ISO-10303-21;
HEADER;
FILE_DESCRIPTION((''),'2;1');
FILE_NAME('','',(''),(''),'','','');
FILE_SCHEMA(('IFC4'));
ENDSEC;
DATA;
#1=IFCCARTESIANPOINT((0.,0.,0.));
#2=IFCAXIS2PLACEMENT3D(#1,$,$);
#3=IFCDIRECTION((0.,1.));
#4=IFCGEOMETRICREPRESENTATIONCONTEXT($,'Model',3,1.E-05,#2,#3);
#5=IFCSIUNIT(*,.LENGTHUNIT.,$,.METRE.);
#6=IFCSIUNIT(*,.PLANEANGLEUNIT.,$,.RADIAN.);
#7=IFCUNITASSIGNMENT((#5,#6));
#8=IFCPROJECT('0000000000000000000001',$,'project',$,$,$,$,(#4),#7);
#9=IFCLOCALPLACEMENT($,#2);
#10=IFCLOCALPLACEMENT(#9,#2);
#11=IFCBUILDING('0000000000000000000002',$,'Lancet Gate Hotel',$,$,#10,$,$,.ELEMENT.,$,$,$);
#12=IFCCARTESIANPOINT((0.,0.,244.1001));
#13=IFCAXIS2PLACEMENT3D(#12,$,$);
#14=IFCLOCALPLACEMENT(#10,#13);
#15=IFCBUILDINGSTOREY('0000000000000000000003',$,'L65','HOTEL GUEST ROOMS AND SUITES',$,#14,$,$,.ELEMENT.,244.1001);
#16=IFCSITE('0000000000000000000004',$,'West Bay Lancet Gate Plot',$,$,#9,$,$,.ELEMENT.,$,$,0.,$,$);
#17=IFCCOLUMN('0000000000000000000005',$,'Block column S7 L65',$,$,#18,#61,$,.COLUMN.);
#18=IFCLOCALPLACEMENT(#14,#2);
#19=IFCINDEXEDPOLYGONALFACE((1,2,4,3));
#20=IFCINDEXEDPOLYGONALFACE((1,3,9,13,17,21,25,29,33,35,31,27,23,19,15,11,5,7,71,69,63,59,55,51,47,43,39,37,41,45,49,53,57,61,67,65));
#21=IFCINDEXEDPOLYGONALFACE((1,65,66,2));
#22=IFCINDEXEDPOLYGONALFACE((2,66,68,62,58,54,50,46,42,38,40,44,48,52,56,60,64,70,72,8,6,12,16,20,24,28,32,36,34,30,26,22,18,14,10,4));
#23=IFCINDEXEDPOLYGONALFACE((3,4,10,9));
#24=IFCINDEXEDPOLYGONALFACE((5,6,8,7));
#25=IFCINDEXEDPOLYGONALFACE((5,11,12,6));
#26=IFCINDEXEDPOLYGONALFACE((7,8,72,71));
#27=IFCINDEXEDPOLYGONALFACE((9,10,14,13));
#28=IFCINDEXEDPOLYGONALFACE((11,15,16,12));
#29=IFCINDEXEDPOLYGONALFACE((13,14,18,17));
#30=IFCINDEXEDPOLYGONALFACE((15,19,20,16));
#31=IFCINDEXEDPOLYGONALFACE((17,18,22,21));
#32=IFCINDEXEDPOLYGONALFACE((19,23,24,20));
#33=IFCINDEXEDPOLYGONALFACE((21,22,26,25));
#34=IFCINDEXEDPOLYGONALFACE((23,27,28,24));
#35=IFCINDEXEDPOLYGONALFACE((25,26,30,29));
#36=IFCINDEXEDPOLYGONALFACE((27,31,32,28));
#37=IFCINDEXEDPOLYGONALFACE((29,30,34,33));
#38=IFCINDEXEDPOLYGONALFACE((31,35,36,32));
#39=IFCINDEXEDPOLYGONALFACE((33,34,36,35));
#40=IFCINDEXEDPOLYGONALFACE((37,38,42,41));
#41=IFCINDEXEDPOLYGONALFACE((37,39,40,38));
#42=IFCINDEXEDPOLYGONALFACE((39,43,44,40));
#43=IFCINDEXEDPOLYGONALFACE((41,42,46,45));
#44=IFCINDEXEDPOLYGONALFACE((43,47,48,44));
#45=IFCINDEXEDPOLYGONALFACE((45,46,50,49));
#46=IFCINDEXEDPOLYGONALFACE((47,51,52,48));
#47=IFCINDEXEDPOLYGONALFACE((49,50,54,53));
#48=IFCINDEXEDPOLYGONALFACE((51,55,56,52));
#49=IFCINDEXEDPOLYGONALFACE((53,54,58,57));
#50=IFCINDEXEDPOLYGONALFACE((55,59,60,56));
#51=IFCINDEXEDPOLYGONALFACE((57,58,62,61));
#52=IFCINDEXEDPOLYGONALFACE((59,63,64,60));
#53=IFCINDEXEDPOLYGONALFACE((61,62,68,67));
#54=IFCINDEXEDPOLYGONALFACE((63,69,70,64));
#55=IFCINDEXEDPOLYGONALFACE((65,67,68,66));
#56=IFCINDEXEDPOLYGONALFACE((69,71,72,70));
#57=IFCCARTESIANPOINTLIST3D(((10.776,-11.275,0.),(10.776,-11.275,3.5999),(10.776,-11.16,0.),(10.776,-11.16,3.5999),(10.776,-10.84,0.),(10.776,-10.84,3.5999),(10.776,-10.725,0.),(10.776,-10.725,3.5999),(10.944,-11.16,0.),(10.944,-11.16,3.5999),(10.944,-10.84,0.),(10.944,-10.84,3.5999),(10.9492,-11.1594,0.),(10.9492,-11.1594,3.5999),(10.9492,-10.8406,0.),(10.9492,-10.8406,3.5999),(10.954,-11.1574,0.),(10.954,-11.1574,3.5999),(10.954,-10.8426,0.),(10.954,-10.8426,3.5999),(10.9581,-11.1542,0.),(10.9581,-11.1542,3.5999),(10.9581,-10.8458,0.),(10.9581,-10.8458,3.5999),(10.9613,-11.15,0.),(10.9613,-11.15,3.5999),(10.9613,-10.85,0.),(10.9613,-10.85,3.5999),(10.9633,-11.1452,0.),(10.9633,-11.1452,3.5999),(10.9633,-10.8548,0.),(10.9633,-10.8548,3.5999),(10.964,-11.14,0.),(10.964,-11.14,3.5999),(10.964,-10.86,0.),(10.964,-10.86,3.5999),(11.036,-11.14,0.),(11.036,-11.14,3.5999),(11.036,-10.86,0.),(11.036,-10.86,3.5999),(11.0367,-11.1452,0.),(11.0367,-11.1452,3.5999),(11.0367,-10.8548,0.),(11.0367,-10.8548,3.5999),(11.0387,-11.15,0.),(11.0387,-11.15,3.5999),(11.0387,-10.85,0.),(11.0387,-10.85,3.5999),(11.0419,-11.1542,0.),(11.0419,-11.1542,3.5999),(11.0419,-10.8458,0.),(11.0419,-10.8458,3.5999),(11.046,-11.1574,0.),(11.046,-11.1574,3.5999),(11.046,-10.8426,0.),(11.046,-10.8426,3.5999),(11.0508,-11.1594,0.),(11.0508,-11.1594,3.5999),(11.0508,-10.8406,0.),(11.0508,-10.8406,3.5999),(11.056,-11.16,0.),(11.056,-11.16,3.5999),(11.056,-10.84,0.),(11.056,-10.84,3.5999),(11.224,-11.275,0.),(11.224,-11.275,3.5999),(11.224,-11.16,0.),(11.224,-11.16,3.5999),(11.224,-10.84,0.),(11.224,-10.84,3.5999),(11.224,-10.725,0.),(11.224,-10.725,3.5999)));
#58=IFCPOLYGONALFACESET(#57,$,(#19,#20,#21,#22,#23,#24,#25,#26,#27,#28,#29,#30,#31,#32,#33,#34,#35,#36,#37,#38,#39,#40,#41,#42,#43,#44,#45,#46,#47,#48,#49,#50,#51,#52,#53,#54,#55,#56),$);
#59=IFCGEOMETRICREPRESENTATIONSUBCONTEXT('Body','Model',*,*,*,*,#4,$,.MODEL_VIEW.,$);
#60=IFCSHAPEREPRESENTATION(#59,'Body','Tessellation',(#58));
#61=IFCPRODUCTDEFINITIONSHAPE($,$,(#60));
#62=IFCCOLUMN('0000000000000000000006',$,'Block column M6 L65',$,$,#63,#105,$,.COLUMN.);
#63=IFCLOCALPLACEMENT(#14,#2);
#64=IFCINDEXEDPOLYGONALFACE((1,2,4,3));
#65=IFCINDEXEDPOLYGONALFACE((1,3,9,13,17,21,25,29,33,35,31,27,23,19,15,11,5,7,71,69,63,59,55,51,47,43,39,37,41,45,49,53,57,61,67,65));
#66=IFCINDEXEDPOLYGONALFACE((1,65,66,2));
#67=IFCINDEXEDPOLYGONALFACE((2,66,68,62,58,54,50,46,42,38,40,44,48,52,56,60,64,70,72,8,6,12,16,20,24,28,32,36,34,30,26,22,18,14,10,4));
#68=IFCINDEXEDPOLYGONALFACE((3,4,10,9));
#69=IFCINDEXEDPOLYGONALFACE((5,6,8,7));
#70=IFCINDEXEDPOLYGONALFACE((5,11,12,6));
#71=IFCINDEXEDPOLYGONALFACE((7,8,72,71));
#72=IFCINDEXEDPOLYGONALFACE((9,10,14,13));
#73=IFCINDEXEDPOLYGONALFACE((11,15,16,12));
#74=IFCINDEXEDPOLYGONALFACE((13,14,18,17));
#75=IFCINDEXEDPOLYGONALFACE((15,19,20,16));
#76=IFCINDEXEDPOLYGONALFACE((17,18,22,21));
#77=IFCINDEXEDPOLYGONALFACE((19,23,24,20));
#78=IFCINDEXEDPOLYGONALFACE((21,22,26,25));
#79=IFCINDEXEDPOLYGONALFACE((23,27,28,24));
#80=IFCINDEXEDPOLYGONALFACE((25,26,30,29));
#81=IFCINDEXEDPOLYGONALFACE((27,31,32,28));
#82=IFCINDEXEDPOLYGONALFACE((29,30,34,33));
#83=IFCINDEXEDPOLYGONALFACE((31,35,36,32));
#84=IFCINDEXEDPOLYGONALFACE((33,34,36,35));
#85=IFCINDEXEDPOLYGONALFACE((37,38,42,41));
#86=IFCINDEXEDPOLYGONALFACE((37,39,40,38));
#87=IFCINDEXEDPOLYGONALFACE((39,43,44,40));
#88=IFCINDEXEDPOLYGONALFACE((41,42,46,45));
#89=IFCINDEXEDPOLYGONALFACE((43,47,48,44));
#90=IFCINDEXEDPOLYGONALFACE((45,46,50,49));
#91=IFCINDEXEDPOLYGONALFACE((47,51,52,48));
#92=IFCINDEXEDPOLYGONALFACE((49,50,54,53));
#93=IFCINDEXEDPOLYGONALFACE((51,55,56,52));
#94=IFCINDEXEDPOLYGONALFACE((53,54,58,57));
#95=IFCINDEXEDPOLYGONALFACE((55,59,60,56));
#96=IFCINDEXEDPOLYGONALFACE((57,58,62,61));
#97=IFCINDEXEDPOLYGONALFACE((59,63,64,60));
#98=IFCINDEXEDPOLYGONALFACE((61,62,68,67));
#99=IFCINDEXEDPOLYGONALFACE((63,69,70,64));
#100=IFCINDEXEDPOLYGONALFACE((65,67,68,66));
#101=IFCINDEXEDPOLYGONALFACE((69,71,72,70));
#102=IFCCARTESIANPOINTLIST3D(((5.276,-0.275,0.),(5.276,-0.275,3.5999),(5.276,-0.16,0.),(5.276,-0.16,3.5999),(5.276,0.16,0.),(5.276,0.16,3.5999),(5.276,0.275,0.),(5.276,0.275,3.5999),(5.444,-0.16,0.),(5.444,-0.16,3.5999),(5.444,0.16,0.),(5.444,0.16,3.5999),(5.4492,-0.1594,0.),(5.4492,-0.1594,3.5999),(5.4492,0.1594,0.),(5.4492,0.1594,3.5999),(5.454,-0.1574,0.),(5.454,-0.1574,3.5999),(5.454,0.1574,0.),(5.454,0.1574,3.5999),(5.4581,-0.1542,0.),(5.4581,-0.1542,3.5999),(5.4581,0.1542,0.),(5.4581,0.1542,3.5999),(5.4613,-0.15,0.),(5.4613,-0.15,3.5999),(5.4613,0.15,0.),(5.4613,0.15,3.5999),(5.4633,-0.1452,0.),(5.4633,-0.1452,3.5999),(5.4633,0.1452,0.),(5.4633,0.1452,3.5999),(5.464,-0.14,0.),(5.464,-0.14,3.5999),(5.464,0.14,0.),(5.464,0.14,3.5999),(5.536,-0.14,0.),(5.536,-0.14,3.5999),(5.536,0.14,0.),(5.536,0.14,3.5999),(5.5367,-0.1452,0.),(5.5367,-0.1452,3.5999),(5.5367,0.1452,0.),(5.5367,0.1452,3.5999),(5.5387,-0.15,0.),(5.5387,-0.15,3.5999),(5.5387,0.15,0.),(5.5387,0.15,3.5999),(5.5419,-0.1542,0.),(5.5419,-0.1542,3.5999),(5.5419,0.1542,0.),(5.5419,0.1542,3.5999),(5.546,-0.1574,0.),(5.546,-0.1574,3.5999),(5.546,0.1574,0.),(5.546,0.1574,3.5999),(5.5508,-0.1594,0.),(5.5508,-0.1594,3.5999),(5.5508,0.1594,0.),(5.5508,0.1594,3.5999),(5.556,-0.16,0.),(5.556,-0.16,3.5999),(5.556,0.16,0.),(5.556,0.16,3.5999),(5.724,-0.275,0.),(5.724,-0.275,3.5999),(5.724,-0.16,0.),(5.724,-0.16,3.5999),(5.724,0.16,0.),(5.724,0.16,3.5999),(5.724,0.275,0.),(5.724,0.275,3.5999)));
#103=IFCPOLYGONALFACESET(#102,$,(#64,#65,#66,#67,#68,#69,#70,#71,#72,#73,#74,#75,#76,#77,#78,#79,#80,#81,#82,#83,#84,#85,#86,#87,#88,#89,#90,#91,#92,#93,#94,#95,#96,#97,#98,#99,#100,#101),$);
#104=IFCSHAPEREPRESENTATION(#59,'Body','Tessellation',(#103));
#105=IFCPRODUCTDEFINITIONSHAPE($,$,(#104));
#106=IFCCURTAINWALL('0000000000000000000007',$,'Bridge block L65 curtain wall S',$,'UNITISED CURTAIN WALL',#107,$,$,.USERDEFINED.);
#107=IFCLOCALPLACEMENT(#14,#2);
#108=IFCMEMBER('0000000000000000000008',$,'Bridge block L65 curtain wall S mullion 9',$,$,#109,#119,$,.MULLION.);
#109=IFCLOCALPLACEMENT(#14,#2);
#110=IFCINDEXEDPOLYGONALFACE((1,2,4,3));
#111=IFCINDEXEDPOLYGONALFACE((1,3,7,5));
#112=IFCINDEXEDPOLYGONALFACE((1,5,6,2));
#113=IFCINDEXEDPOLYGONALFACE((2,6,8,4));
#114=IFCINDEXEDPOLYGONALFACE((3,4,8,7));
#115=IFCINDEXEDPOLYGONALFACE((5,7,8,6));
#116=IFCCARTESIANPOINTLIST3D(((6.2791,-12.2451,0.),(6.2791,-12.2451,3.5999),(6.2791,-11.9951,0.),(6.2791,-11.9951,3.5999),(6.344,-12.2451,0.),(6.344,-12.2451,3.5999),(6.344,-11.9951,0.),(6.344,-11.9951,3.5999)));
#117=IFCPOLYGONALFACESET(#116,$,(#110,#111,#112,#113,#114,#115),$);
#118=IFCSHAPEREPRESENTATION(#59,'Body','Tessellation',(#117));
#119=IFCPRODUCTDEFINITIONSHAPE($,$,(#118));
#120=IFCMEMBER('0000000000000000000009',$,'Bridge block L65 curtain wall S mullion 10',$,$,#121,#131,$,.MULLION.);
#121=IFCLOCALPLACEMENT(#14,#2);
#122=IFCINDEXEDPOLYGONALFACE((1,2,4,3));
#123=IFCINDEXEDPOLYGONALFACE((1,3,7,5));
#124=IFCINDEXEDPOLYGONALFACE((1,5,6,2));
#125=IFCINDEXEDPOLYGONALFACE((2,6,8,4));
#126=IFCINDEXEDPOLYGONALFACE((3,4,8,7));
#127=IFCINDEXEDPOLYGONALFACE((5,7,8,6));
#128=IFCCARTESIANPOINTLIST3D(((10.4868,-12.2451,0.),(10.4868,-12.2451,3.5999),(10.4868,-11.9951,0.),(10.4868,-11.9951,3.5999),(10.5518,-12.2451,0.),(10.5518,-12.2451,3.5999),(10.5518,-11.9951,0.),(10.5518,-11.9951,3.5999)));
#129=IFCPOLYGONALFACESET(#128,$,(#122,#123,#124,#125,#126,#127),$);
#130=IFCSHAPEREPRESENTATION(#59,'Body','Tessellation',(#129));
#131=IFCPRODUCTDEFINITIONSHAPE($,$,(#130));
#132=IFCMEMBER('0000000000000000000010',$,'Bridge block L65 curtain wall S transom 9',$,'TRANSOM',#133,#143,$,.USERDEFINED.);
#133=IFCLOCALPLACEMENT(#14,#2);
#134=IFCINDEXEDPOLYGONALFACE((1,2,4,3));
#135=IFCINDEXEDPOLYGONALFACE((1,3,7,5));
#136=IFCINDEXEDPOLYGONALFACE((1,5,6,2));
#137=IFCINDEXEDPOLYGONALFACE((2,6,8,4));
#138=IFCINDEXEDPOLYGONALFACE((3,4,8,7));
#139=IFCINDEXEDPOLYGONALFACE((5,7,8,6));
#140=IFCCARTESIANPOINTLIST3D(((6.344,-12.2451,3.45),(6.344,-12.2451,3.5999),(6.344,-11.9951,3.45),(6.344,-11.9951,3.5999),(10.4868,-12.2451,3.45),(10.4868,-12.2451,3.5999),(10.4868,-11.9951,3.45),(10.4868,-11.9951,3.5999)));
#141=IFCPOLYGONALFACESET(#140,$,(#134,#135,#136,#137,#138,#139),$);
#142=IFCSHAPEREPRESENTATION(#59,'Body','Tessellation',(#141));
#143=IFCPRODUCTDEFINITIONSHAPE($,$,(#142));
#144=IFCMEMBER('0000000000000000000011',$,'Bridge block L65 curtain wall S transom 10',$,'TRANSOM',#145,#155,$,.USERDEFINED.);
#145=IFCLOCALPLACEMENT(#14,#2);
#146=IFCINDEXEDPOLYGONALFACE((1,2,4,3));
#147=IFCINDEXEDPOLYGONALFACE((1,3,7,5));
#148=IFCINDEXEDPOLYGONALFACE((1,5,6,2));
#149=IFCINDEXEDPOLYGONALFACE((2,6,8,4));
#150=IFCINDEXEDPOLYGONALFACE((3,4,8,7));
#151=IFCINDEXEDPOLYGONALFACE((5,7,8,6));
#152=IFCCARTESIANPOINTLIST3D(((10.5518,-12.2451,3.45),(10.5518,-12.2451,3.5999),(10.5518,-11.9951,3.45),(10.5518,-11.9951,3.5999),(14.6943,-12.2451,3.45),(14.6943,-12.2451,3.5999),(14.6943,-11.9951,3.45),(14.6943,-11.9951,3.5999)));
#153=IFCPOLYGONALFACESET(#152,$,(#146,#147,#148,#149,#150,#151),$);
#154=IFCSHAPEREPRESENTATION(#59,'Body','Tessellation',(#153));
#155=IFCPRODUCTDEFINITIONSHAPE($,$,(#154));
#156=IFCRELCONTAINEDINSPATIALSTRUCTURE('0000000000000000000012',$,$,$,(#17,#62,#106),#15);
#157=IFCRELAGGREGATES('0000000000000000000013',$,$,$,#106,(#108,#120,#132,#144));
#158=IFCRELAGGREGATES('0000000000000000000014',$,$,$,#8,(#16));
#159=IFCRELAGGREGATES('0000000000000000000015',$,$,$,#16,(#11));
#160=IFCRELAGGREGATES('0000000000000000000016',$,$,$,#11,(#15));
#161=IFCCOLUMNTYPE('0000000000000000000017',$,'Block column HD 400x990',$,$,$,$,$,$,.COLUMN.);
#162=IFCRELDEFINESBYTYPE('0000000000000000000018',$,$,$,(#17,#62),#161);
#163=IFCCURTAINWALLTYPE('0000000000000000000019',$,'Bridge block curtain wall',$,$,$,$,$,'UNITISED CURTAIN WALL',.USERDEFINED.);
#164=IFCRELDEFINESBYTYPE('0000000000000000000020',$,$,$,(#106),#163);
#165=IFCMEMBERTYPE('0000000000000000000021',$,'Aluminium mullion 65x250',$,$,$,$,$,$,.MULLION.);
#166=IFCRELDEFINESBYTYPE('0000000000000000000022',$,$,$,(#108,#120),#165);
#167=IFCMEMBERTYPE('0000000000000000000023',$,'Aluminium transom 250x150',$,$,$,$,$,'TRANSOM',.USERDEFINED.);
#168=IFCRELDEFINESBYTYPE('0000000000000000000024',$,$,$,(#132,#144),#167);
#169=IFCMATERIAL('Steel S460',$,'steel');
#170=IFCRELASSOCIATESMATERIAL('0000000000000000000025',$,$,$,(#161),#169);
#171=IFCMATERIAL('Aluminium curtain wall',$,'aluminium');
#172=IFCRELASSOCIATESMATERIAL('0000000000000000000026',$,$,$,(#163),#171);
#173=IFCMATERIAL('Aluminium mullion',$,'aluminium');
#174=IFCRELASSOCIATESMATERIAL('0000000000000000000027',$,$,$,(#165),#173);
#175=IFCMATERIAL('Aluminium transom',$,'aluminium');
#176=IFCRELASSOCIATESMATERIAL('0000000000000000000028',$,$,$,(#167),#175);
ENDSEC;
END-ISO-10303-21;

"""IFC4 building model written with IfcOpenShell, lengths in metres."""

from ifc_helpers import new_model, si_unit, direction, frame, origin, origin_2d, place, context, subcontext, project, spatial, rectangle, i_section, extrude, material, material_profile, profile_set, type_object, element, aggregate, save


model = new_model("IFC4")

# Units and contexts
model_context = context("Model", 3, precision=1e-05, world=origin(), true_north=direction((0.0, 1.0)))
body_context = subcontext(model_context, "Body", "Model", "MODEL_VIEW")
ifc_project = project(units=[si_unit("LENGTHUNIT", "METRE"), si_unit("PLANEANGLEUNIT", "RADIAN")], contexts=[model_context])

# Site, building, storey
site_placement = place(None, origin())
site = spatial("IfcSite", under=ifc_project, at=site_placement, Name="West Bay Lancet Gate Plot", CompositionType="ELEMENT", RefElevation=0.0)
building_placement = place(site_placement, origin())
building = spatial("IfcBuilding", under=site, at=building_placement, Name="Lancet Gate Hotel", CompositionType="ELEMENT")
storey_placement = place(building_placement, frame((0.0, 0.0, 244.1001)))
storey = spatial("IfcBuildingStorey", under=building, at=storey_placement, Name="L65", Description="HOTEL GUEST ROOMS AND SUITES", CompositionType="ELEMENT", Elevation=244.1001)

# Columns
ifc_material_1 = material(Name="Steel S460", Category="steel")
ifc_material_profile_1 = material_profile(ifc_material_1, i_section(OverallWidth=0.448, OverallDepth=0.55, WebThickness=0.072, FlangeThickness=0.115, FilletRadius=0.02, at=origin_2d()), Name="HD 400x990")
ifc_profile_set_1 = profile_set([ifc_material_profile_1], Name="Steel S460")
column_type = type_object("IfcColumnType", Name="Block column HD 400x990", PredefinedType="COLUMN", material=ifc_profile_set_1)
for number, where, z_axis, x_axis, name in (
    (1, (11.0, -11.0, 0.0), (0.0, 0.0, 1.0), (1.0, 0.0, 0.0), "Block column S7 L65"),
    (2, (5.5, 0.0, 0.0), (0.0, 0.0, 1.0), (1.0, 0.0, 0.0), "Block column M6 L65"),
):
    element("IfcColumn", number, at=place(storey_placement, frame(where, z_axis=z_axis, x_axis=x_axis)), inside=storey, type_object=column_type, Name=name, PredefinedType="COLUMN", context=body_context, shape_type="SweptSolid", body=[
        extrude(i_section(OverallWidth=0.448, OverallDepth=0.55, WebThickness=0.072, FlangeThickness=0.115, FilletRadius=0.02, at=origin_2d()), origin(), (0.0, 0.0, 1.0), 3.5999),
    ])

# Curtain wall, members
ifc_material_2 = material(Name="Aluminium curtain wall", Category="aluminium")
curtain_wall_type = type_object("IfcCurtainWallType", Name="Bridge block curtain wall", ElementType="UNITISED CURTAIN WALL", PredefinedType="USERDEFINED", material=ifc_material_2)
curtain_wall_placement = place(storey_placement, origin())
curtain_wall = element("IfcCurtainWall", 3, at=curtain_wall_placement, inside=storey, type_object=curtain_wall_type, Name="Bridge block L65 curtain wall S", ObjectType="UNITISED CURTAIN WALL", PredefinedType="USERDEFINED")
ifc_material_3 = material(Name="Aluminium mullion", Category="aluminium")
ifc_material_profile_2 = material_profile(ifc_material_3, rectangle(XDim=0.0649, YDim=0.25, at=origin_2d()), Name="MULLION 65x250")
ifc_profile_set_2 = profile_set([ifc_material_profile_2], Name="Aluminium mullion")
member_type_1 = type_object("IfcMemberType", Name="Aluminium mullion 65x250", PredefinedType="MULLION", material=ifc_profile_set_2)
member_1_placement = place(storey_placement, frame((6.3115, -12.1201, 0.0), z_axis=(0.0, 0.0, 1.0), x_axis=(1.0, 0.0, 0.0)))
member_1 = element("IfcMember", 4, at=member_1_placement, type_object=member_type_1, Name="Bridge block L65 curtain wall S mullion 9", PredefinedType="MULLION", context=body_context, shape_type="SweptSolid", body=[
    extrude(rectangle(XDim=0.0649, YDim=0.25, at=origin_2d()), origin(), (0.0, 0.0, 1.0), 3.5999),
])
member_2_placement = place(storey_placement, frame((10.5193, -12.1201, 0.0), z_axis=(0.0, 0.0, 1.0), x_axis=(1.0, 0.0, 0.0)))
member_2 = element("IfcMember", 5, at=member_2_placement, type_object=member_type_1, Name="Bridge block L65 curtain wall S mullion 10", PredefinedType="MULLION", context=body_context, shape_type="SweptSolid", body=[
    extrude(rectangle(XDim=0.0649, YDim=0.25, at=origin_2d()), origin(), (0.0, 0.0, 1.0), 3.5999),
])
ifc_material_4 = material(Name="Aluminium transom", Category="aluminium")
ifc_material_profile_3 = material_profile(ifc_material_4, rectangle(XDim=0.25, YDim=0.1499, at=origin_2d()), Name="TRANSOM 250x150")
ifc_profile_set_3 = profile_set([ifc_material_profile_3], Name="Aluminium transom")
member_type_2 = type_object("IfcMemberType", Name="Aluminium transom 250x150", ElementType="TRANSOM", PredefinedType="USERDEFINED", material=ifc_profile_set_3)
member_3_placement = place(storey_placement, frame((6.344, -12.1201, 3.5249), z_axis=(1.0, 0.0, 0.0), x_axis=(0.0, 1.0, 0.0)))
member_3 = element("IfcMember", 6, at=member_3_placement, type_object=member_type_2, Name="Bridge block L65 curtain wall S transom 9", ObjectType="TRANSOM", PredefinedType="USERDEFINED", context=body_context, shape_type="SweptSolid", body=[
    extrude(rectangle(XDim=0.25, YDim=0.1499, at=origin_2d()), origin(), (0.0, 0.0, 1.0), 4.1428),
])
member_4_placement = place(storey_placement, frame((10.5518, -12.1201, 3.5249), z_axis=(1.0, 0.0, 0.0), x_axis=(0.0, 1.0, 0.0)))
member_4 = element("IfcMember", 7, at=member_4_placement, type_object=member_type_2, Name="Bridge block L65 curtain wall S transom 10", ObjectType="TRANSOM", PredefinedType="USERDEFINED", context=body_context, shape_type="SweptSolid", body=[
    extrude(rectangle(XDim=0.25, YDim=0.1499, at=origin_2d()), origin(), (0.0, 0.0, 1.0), 4.1426),
])

aggregate(curtain_wall, [member_1, member_2, member_3, member_4])

save(model, "model.ifc")
